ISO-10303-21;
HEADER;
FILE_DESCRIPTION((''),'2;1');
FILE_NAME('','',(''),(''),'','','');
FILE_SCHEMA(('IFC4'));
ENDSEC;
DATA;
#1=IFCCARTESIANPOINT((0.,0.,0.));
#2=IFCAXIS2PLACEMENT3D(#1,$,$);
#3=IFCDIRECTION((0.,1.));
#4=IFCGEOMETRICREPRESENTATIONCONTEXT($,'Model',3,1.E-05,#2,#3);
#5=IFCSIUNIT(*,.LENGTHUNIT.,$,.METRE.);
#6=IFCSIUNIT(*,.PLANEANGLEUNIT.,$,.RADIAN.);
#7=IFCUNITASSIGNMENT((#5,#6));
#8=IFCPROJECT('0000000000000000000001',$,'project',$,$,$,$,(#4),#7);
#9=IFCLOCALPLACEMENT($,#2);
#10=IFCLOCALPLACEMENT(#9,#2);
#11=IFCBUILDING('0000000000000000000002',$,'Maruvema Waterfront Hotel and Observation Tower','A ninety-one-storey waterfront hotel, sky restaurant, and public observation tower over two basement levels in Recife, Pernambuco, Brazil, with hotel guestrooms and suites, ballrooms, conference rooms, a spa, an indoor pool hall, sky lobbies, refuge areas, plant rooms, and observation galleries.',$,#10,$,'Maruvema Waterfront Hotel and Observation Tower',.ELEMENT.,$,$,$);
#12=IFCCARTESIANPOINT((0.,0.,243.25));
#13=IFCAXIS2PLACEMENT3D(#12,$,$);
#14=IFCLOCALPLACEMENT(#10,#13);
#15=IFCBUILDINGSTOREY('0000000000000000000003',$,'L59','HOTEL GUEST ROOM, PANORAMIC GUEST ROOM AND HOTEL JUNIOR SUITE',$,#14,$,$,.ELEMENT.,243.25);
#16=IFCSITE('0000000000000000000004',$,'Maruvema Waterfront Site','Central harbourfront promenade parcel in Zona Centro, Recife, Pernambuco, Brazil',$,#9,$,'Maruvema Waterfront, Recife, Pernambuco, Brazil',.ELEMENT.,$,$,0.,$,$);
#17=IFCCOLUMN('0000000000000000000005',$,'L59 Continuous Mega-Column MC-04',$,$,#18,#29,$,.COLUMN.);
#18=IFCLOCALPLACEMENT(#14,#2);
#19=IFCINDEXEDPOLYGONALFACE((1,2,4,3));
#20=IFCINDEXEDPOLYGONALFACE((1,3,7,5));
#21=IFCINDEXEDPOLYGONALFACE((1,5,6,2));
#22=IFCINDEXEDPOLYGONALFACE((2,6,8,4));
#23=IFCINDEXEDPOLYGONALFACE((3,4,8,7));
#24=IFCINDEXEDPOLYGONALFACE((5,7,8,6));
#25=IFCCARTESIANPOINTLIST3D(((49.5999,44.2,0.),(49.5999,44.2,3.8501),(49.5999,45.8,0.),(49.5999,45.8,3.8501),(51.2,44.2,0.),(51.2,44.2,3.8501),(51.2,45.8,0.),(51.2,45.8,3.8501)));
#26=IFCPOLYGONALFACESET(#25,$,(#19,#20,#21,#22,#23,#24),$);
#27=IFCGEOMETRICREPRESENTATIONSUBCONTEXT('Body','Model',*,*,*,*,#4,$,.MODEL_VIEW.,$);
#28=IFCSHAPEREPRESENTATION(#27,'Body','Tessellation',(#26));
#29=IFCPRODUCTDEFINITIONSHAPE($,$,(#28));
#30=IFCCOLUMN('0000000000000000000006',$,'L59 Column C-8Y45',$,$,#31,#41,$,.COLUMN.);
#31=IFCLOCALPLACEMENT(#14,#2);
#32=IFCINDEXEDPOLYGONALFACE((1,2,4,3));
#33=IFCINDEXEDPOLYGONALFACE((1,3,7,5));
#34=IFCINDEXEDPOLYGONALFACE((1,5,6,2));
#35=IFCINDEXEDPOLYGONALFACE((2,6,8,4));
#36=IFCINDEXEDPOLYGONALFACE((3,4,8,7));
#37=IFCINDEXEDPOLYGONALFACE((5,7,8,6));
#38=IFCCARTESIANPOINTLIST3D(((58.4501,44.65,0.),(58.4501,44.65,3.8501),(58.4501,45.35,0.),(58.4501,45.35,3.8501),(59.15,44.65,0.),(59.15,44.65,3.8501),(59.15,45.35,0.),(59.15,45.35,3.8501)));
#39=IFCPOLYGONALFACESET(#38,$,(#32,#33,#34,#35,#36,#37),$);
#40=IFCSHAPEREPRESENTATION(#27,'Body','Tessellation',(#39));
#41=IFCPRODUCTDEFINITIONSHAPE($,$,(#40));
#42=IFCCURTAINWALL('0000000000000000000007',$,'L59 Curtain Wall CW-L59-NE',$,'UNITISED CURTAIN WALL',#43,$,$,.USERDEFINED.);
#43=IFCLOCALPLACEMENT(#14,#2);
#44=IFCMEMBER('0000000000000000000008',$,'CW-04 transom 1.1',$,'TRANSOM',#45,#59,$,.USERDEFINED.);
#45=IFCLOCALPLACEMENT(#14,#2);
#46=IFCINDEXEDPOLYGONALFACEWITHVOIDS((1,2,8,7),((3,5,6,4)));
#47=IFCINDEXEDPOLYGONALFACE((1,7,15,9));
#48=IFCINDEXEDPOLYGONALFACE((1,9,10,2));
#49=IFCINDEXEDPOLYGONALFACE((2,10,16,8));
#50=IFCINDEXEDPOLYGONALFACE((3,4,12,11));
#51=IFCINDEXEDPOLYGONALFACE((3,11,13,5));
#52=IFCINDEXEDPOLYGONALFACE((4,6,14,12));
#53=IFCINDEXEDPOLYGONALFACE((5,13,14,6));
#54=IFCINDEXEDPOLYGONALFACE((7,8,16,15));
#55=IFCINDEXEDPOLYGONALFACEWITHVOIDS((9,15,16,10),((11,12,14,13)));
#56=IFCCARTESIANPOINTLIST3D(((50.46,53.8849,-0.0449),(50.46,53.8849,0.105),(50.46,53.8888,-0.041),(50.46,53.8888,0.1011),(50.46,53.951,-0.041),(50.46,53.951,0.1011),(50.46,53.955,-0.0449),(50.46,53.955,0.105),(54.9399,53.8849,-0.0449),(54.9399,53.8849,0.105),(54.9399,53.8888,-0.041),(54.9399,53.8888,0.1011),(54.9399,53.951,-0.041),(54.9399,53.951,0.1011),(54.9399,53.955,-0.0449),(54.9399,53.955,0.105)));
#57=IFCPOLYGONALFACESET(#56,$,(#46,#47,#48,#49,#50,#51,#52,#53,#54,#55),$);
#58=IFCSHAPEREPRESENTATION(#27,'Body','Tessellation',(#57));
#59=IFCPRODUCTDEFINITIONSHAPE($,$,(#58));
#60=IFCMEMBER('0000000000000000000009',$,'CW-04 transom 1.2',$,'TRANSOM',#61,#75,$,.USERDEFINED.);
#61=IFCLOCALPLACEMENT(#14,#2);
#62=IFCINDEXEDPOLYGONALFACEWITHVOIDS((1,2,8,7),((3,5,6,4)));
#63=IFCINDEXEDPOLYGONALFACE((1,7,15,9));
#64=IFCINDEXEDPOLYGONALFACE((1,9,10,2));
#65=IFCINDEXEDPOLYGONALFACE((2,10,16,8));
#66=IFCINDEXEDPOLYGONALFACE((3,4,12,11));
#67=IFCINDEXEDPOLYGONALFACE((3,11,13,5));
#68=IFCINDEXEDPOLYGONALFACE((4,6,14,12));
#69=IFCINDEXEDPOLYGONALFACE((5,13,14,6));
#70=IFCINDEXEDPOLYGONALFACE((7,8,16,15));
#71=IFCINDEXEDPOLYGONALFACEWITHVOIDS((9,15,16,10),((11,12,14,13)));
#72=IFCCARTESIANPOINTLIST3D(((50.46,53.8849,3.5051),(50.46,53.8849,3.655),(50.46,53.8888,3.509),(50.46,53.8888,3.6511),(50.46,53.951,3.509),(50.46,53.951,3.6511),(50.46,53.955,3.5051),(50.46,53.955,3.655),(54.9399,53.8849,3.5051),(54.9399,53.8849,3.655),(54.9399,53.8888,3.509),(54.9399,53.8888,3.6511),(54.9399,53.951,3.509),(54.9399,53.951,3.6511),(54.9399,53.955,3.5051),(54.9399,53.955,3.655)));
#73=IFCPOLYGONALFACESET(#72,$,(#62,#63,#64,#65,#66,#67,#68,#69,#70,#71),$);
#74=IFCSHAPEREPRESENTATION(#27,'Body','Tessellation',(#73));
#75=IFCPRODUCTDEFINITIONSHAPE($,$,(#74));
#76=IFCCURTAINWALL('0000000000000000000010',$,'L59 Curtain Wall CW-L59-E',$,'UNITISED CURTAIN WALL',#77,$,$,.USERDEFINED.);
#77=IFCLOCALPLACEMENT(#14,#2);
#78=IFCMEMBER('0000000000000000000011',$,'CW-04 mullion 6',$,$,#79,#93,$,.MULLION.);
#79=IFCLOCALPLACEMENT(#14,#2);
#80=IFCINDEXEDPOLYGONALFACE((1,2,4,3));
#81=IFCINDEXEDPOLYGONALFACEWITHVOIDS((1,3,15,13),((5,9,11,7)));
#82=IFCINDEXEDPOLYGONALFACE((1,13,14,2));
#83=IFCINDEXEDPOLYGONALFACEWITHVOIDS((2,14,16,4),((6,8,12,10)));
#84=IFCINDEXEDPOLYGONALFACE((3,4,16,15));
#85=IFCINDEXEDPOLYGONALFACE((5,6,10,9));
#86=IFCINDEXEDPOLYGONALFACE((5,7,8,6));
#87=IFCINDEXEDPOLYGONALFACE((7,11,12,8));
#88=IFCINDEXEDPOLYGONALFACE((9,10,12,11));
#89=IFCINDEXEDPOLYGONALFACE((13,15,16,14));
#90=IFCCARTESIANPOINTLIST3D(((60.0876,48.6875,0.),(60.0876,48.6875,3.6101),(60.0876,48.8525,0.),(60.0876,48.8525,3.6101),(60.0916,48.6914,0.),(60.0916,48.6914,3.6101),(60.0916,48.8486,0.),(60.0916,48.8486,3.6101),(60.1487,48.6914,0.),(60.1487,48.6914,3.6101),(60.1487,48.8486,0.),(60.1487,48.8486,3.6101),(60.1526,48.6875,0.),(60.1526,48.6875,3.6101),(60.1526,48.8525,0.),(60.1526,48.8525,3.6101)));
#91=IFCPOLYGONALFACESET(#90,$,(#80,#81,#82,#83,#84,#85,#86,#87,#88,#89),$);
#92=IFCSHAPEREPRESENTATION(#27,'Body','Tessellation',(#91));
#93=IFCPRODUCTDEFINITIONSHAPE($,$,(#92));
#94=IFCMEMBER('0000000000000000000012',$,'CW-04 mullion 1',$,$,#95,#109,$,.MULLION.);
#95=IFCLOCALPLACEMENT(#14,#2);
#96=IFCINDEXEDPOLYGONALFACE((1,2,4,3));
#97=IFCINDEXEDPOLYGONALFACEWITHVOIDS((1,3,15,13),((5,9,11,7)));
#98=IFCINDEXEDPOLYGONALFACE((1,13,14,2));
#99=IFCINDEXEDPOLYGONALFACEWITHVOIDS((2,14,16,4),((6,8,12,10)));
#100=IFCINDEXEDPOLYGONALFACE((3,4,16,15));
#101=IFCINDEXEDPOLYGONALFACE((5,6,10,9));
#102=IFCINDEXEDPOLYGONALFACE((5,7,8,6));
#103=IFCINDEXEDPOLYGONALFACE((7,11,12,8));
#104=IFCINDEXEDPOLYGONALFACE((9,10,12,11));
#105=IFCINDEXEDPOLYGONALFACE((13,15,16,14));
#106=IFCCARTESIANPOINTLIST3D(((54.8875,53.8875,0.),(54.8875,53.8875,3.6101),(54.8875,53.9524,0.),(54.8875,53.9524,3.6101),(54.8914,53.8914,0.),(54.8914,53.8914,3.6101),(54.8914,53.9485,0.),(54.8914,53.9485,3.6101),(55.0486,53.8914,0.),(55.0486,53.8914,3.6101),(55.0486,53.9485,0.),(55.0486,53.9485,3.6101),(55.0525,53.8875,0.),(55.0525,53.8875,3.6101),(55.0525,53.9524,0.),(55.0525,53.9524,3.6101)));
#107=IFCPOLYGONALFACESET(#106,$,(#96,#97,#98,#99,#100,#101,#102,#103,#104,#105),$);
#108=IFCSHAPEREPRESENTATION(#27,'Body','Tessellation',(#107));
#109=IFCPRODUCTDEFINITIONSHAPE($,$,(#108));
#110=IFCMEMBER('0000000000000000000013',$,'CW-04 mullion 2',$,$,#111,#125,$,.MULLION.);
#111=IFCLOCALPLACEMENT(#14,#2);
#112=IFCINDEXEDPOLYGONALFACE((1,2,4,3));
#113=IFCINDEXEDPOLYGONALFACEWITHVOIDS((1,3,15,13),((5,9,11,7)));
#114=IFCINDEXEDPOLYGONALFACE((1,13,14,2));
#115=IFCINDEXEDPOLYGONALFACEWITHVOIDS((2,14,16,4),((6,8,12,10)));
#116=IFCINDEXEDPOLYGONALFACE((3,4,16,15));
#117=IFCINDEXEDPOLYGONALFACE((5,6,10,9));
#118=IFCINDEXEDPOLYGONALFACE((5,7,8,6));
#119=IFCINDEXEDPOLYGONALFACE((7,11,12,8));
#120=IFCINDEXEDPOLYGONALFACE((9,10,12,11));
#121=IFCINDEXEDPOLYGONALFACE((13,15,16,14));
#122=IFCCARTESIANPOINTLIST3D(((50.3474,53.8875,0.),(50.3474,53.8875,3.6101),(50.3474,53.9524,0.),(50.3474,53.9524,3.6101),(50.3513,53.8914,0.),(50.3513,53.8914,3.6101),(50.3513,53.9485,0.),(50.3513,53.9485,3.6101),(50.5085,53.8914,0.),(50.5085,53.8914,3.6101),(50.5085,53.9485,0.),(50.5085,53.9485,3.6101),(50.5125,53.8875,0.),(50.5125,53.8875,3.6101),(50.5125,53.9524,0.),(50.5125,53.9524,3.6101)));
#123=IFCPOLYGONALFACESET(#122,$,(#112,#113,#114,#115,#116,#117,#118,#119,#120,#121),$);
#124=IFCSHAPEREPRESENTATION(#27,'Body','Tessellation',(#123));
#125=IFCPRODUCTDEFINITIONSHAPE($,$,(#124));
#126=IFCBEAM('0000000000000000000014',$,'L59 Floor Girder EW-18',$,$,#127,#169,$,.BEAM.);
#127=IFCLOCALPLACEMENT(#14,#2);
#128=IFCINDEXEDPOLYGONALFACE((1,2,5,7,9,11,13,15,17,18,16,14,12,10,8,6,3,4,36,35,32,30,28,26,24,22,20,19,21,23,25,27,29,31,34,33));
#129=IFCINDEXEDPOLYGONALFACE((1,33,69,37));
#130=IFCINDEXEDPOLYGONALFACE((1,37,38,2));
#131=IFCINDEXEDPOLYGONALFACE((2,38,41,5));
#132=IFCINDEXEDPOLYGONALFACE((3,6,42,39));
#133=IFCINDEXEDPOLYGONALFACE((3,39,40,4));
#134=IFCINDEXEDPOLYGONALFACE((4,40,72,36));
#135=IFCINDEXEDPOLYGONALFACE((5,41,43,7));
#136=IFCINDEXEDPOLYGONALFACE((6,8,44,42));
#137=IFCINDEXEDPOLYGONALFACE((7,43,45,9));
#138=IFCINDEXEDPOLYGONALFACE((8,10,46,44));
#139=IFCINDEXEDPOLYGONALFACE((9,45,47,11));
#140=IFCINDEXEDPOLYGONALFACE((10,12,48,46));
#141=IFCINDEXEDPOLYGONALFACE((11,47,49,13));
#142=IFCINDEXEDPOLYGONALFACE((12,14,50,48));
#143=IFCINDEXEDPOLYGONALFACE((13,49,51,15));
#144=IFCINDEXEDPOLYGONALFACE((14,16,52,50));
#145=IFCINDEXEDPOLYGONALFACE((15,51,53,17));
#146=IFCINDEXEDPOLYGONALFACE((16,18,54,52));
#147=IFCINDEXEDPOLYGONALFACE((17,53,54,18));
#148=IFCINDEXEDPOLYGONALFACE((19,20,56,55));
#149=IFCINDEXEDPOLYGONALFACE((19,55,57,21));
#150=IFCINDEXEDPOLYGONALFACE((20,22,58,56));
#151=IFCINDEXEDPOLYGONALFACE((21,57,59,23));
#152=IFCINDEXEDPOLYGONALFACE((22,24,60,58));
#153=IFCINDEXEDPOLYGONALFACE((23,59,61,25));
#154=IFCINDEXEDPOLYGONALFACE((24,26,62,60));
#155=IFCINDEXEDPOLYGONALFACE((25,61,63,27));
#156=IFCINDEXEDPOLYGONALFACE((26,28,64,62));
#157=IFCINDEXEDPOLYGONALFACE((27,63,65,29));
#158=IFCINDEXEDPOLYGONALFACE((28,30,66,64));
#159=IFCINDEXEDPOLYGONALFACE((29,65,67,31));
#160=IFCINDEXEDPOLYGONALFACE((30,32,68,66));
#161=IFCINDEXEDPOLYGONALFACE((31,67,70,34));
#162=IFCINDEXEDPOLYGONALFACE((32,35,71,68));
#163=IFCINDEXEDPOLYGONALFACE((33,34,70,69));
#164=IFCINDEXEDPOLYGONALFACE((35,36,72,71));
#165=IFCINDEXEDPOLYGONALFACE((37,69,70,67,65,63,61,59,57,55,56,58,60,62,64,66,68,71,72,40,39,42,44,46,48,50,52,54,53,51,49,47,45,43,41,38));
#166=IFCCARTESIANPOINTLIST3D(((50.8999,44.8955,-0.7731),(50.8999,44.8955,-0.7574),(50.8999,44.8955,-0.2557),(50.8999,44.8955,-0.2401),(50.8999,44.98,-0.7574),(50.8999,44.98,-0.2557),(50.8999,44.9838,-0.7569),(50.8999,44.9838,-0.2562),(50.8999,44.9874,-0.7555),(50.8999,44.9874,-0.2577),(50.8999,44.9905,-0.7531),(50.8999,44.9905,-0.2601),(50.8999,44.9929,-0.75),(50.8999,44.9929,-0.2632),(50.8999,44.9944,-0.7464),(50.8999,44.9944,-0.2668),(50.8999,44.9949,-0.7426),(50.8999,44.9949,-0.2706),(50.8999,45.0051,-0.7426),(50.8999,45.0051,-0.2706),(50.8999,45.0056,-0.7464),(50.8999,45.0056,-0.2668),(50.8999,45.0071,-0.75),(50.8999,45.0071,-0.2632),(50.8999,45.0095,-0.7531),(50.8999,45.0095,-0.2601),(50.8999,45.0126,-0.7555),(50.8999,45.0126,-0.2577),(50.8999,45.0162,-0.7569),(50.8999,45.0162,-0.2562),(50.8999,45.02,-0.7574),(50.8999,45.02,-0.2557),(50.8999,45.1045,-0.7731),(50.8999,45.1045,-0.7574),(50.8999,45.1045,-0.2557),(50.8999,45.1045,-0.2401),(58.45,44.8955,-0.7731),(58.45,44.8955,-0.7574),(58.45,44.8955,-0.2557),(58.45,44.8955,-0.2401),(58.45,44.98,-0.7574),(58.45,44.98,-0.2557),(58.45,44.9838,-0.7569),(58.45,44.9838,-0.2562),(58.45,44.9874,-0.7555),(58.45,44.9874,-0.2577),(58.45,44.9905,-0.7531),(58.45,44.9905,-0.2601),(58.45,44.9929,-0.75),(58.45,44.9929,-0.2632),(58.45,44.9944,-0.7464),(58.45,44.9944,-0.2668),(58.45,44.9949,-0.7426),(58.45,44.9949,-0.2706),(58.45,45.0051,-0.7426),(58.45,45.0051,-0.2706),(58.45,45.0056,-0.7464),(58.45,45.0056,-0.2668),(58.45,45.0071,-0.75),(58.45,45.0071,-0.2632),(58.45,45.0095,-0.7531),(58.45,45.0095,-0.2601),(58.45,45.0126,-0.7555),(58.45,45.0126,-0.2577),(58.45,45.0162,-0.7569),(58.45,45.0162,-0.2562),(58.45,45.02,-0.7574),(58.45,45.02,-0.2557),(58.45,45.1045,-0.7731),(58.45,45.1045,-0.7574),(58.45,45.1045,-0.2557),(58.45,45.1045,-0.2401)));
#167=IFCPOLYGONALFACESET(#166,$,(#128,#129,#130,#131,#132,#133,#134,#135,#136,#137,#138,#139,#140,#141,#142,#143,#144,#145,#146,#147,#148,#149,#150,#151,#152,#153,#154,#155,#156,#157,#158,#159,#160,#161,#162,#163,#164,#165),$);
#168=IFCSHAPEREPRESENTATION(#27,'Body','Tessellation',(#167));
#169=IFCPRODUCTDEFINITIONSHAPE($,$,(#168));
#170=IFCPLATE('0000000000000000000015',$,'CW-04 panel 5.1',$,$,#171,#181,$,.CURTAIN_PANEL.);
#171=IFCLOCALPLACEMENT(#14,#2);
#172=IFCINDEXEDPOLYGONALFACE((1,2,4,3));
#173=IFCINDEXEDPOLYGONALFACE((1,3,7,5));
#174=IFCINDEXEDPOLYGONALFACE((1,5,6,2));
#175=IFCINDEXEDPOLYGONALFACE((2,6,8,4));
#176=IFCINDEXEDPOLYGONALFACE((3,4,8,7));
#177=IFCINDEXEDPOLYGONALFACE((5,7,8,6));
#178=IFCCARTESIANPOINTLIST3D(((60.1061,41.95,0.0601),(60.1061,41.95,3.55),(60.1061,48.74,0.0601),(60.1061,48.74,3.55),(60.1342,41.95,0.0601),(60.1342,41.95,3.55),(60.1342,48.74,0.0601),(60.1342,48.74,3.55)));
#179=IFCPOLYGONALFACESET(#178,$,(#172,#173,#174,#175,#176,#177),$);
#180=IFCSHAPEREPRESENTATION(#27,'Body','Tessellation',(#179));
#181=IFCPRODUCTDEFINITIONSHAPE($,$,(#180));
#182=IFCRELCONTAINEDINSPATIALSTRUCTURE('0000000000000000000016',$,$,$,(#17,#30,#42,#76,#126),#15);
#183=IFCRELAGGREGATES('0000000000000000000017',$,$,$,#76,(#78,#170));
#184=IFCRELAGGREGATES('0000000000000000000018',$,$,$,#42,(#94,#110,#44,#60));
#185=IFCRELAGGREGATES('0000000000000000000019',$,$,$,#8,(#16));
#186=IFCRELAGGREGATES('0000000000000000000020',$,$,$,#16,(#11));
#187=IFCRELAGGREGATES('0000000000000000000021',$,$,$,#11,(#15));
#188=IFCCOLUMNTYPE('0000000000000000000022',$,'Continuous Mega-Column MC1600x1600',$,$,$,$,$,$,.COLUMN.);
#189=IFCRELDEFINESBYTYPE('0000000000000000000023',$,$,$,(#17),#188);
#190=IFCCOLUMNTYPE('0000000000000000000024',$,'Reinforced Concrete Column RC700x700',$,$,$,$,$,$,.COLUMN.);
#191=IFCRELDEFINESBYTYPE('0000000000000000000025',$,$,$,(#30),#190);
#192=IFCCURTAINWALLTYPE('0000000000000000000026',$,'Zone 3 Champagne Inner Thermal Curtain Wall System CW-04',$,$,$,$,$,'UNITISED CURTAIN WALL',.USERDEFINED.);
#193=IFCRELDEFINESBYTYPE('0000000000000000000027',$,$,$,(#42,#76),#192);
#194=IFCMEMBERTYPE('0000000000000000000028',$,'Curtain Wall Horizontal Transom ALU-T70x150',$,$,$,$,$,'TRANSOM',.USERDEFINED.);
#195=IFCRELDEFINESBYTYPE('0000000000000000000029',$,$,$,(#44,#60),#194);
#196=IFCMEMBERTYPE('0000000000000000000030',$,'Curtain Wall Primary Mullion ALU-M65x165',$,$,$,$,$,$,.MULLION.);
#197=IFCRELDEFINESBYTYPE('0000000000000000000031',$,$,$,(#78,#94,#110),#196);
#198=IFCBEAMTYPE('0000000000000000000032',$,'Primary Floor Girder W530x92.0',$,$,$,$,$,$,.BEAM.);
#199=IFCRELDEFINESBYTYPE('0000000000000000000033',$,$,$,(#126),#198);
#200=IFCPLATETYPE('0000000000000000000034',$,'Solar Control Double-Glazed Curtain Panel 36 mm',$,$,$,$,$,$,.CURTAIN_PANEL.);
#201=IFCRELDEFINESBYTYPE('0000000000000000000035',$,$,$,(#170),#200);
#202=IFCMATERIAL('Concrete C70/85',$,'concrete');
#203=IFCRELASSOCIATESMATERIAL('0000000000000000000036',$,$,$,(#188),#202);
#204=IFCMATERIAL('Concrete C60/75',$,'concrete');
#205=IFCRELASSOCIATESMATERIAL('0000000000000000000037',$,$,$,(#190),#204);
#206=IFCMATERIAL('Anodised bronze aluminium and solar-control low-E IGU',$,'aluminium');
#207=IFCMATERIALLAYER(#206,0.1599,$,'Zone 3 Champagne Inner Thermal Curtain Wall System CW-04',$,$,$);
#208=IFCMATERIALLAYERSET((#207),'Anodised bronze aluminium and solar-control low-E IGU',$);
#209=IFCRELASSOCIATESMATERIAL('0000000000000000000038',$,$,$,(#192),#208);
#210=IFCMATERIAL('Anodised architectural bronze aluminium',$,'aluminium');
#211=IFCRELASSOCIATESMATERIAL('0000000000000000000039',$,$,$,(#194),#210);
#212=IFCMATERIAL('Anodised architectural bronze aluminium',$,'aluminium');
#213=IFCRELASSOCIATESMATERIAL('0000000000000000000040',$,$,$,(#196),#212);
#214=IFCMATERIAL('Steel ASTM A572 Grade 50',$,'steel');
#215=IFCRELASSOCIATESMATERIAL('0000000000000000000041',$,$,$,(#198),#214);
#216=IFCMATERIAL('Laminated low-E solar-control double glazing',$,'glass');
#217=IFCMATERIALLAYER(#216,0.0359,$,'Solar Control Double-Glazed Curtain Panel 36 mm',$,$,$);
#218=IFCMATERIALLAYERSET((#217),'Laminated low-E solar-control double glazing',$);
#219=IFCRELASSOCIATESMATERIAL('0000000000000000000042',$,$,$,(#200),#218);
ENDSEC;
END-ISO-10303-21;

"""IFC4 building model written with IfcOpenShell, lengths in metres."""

from ifc_helpers import new_model, si_unit, direction, frame, origin, origin_2d, place, context, subcontext, project, spatial, rectangle, hollow_rectangle, i_section, extrude, material, layer, layer_set, material_profile, profile_set, type_object, element, aggregate, save


model = new_model("IFC4")

# Units and contexts
model_context = context("Model", 3, precision=1e-05, world=origin(), true_north=direction((0.0, 1.0)))
body_context = subcontext(model_context, "Body", "Model", "MODEL_VIEW")
ifc_project = project(units=[si_unit("LENGTHUNIT", "METRE"), si_unit("PLANEANGLEUNIT", "RADIAN")], contexts=[model_context])

# Site, building, storey
site_placement = place(None, origin())
site = spatial("IfcSite", under=ifc_project, at=site_placement, Name="Maruvema Waterfront Site", Description="Central harbourfront promenade parcel in Zona Centro, Recife, Pernambuco, Brazil", LongName="Maruvema Waterfront, Recife, Pernambuco, Brazil", CompositionType="ELEMENT", RefElevation=0.0)
building_placement = place(site_placement, origin())
building = spatial("IfcBuilding", under=site, at=building_placement, Name="Maruvema Waterfront Hotel and Observation Tower", Description="A ninety-one-storey waterfront hotel, sky restaurant, and public observation tower over two basement levels in Recife, Pernambuco, Brazil, with hotel guestrooms and suites, ballrooms, conference rooms, a spa, an indoor pool hall, sky lobbies, refuge areas, plant rooms, and observation galleries.", LongName="Maruvema Waterfront Hotel and Observation Tower", CompositionType="ELEMENT")
storey_placement = place(building_placement, frame((0.0, 0.0, 243.25)))
storey = spatial("IfcBuildingStorey", under=building, at=storey_placement, Name="L59", Description="HOTEL GUEST ROOM, PANORAMIC GUEST ROOM AND HOTEL JUNIOR SUITE", CompositionType="ELEMENT", Elevation=243.25)

# Columns
ifc_material_1 = material(Name="Concrete C70/85", Category="concrete")
ifc_material_profile_1 = material_profile(ifc_material_1, rectangle(XDim=1.6001, YDim=1.6001, at=origin_2d()), Name="MC1600x1600")
ifc_profile_set_1 = profile_set([ifc_material_profile_1], Name="Concrete C70/85")
column_type_1 = type_object("IfcColumnType", Name="Continuous Mega-Column MC1600x1600", PredefinedType="COLUMN", material=ifc_profile_set_1)
column_1_placement = place(storey_placement, frame((50.3999, 45.0, 0.0), z_axis=(0.0, 0.0, 1.0), x_axis=(1.0, 0.0, 0.0)))
element("IfcColumn", 1, at=column_1_placement, inside=storey, type_object=column_type_1, Name="L59 Continuous Mega-Column MC-04", PredefinedType="COLUMN", context=body_context, shape_type="SweptSolid", body=[
    extrude(rectangle(XDim=1.6001, YDim=1.6001, at=origin_2d()), origin(), (0.0, 0.0, 1.0), 3.8501),
])
ifc_material_2 = material(Name="Concrete C60/75", Category="concrete")
ifc_material_profile_2 = material_profile(ifc_material_2, rectangle(XDim=0.7, YDim=0.7, at=origin_2d()), Name="RC700x700")
ifc_profile_set_2 = profile_set([ifc_material_profile_2], Name="Concrete C60/75")
column_type_2 = type_object("IfcColumnType", Name="Reinforced Concrete Column RC700x700", PredefinedType="COLUMN", material=ifc_profile_set_2)
column_2_placement = place(storey_placement, frame((58.8, 45.0, 0.0), z_axis=(0.0, 0.0, 1.0), x_axis=(1.0, 0.0, 0.0)))
element("IfcColumn", 2, at=column_2_placement, inside=storey, type_object=column_type_2, Name="L59 Column C-8Y45", PredefinedType="COLUMN", context=body_context, shape_type="SweptSolid", body=[
    extrude(rectangle(XDim=0.7, YDim=0.7, at=origin_2d()), origin(), (0.0, 0.0, 1.0), 3.8501),
])

# Curtain wall, members
ifc_material_3 = material(Name="Anodised bronze aluminium and solar-control low-E IGU", Category="aluminium")
ifc_layer_1 = layer(ifc_material_3, 0.1599, Name="Zone 3 Champagne Inner Thermal Curtain Wall System CW-04")
ifc_layer_set_1 = layer_set([ifc_layer_1], Name="Anodised bronze aluminium and solar-control low-E IGU")
curtain_wall_type = type_object("IfcCurtainWallType", Name="Zone 3 Champagne Inner Thermal Curtain Wall System CW-04", ElementType="UNITISED CURTAIN WALL", PredefinedType="USERDEFINED", material=ifc_layer_set_1)
curtain_wall_1_placement = place(storey_placement, origin())
curtain_wall_1 = element("IfcCurtainWall", 3, at=curtain_wall_1_placement, inside=storey, type_object=curtain_wall_type, Name="L59 Curtain Wall CW-L59-NE", ObjectType="UNITISED CURTAIN WALL", PredefinedType="USERDEFINED")
ifc_material_4 = material(Name="Anodised architectural bronze aluminium", Category="aluminium")
ifc_material_profile_3 = material_profile(ifc_material_4, hollow_rectangle(XDim=0.0701, YDim=0.1499, WallThickness=0.0039, at=origin_2d()), Name="ALU-T70x150")
ifc_profile_set_3 = profile_set([ifc_material_profile_3], Name="Anodised architectural bronze aluminium")
member_type_1 = type_object("IfcMemberType", Name="Curtain Wall Horizontal Transom ALU-T70x150", ElementType="TRANSOM", PredefinedType="USERDEFINED", material=ifc_profile_set_3)
member_1_placement = place(storey_placement, frame((54.9399, 53.9199, 0.03), z_axis=(-1.0, 0.0, 0.0), x_axis=(0.0, -1.0, 0.0)))
member_1 = element("IfcMember", 4, at=member_1_placement, type_object=member_type_1, Name="CW-04 transom 1.1", ObjectType="TRANSOM", PredefinedType="USERDEFINED", context=body_context, shape_type="SweptSolid", body=[
    extrude(hollow_rectangle(XDim=0.0701, YDim=0.1499, WallThickness=0.0039, at=origin_2d()), origin(), (0.0, 0.0, 1.0), 4.48),
])
member_2_placement = place(storey_placement, frame((54.9399, 53.9199, 3.5801), z_axis=(-1.0, 0.0, 0.0), x_axis=(0.0, -1.0, 0.0)))
member_2 = element("IfcMember", 5, at=member_2_placement, type_object=member_type_1, Name="CW-04 transom 1.2", ObjectType="TRANSOM", PredefinedType="USERDEFINED", context=body_context, shape_type="SweptSolid", body=[
    extrude(hollow_rectangle(XDim=0.0701, YDim=0.1499, WallThickness=0.0039, at=origin_2d()), origin(), (0.0, 0.0, 1.0), 4.48),
])

# Curtain wall, member
curtain_wall_2_placement = place(storey_placement, origin())
curtain_wall_2 = element("IfcCurtainWall", 6, at=curtain_wall_2_placement, inside=storey, type_object=curtain_wall_type, Name="L59 Curtain Wall CW-L59-E", ObjectType="UNITISED CURTAIN WALL", PredefinedType="USERDEFINED")
ifc_material_5 = material(Name="Anodised architectural bronze aluminium", Category="aluminium")
ifc_material_profile_4 = material_profile(ifc_material_5, hollow_rectangle(XDim=0.0649, YDim=0.165, WallThickness=0.0039, at=origin_2d()), Name="ALU-M65x165")
ifc_profile_set_4 = profile_set([ifc_material_profile_4], Name="Anodised architectural bronze aluminium")
member_type_2 = type_object("IfcMemberType", Name="Curtain Wall Primary Mullion ALU-M65x165", PredefinedType="MULLION", material=ifc_profile_set_4)
member_3_placement = place(storey_placement, frame((60.1201, 48.77, 0.0), z_axis=(0.0, 0.0, 1.0), x_axis=(-1.0, 0.0, 0.0)))
member_3 = element("IfcMember", 7, at=member_3_placement, type_object=member_type_2, Name="CW-04 mullion 6", PredefinedType="MULLION", context=body_context, shape_type="SweptSolid", body=[
    extrude(hollow_rectangle(XDim=0.0649, YDim=0.165, WallThickness=0.0039, at=origin_2d()), origin(), (0.0, 0.0, 1.0), 3.6101),
])

# Members
member_4_placement = place(storey_placement, frame((54.97, 53.9199, 0.0), z_axis=(0.0, 0.0, 1.0), x_axis=(0.0, -1.0, 0.0)))
member_4 = element("IfcMember", 8, at=member_4_placement, type_object=member_type_2, Name="CW-04 mullion 1", PredefinedType="MULLION", context=body_context, shape_type="SweptSolid", body=[
    extrude(hollow_rectangle(XDim=0.0649, YDim=0.165, WallThickness=0.0039, at=origin_2d()), origin(), (0.0, 0.0, 1.0), 3.6101),
])
member_5_placement = place(storey_placement, frame((50.4299, 53.9199, 0.0), z_axis=(0.0, 0.0, 1.0), x_axis=(0.0, -1.0, 0.0)))
member_5 = element("IfcMember", 9, at=member_5_placement, type_object=member_type_2, Name="CW-04 mullion 2", PredefinedType="MULLION", context=body_context, shape_type="SweptSolid", body=[
    extrude(hollow_rectangle(XDim=0.0649, YDim=0.165, WallThickness=0.0039, at=origin_2d()), origin(), (0.0, 0.0, 1.0), 3.6101),
])

# Beam
ifc_material_6 = material(Name="Steel ASTM A572 Grade 50", Category="steel")
ifc_material_profile_5 = material_profile(ifc_material_6, i_section(OverallWidth=0.209, OverallDepth=0.533, WebThickness=0.0103, FlangeThickness=0.0156, FilletRadius=0.0149, at=origin_2d()), Name="W530x92.0")
ifc_profile_set_5 = profile_set([ifc_material_profile_5], Name="Steel ASTM A572 Grade 50")
beam_type = type_object("IfcBeamType", Name="Primary Floor Girder W530x92.0", PredefinedType="BEAM", material=ifc_profile_set_5)
beam_placement = place(storey_placement, frame((50.8999, 45.0, -0.5066), z_axis=(1.0, 0.0, 0.0), x_axis=(0.0, 1.0, 0.0)))
element("IfcBeam", 10, at=beam_placement, inside=storey, type_object=beam_type, Name="L59 Floor Girder EW-18", PredefinedType="BEAM", context=body_context, shape_type="SweptSolid", body=[
    extrude(i_section(OverallWidth=0.209, OverallDepth=0.533, WebThickness=0.0103, FlangeThickness=0.0156, FilletRadius=0.0149, at=origin_2d()), origin(), (0.0, 0.0, 1.0), 7.55),
])

# Plate
ifc_material_7 = material(Name="Laminated low-E solar-control double glazing", Category="glass")
ifc_layer_2 = layer(ifc_material_7, 0.0359, Name="Solar Control Double-Glazed Curtain Panel 36 mm")
ifc_layer_set_2 = layer_set([ifc_layer_2], Name="Laminated low-E solar-control double glazing")
plate_type = type_object("IfcPlateType", Name="Solar Control Double-Glazed Curtain Panel 36 mm", PredefinedType="CURTAIN_PANEL", material=ifc_layer_set_2)
plate_1_placement = place(storey_placement, frame((60.1201, 45.345, 0.0601), z_axis=(0.0, 0.0, 1.0), x_axis=(0.0, 1.0, 0.0)))
plate_1 = element("IfcPlate", 11, at=plate_1_placement, type_object=plate_type, Name="CW-04 panel 5.1", PredefinedType="CURTAIN_PANEL", context=body_context, shape_type="SweptSolid", body=[
    extrude(rectangle(XDim=6.79, YDim=0.0281, at=origin_2d()), origin(), (0.0, 0.0, 1.0), 3.49),
])
aggregate(curtain_wall_2, [member_3, plate_1])
aggregate(curtain_wall_1, [member_4, member_5, member_1, member_2])

save(model, "model.ifc")
